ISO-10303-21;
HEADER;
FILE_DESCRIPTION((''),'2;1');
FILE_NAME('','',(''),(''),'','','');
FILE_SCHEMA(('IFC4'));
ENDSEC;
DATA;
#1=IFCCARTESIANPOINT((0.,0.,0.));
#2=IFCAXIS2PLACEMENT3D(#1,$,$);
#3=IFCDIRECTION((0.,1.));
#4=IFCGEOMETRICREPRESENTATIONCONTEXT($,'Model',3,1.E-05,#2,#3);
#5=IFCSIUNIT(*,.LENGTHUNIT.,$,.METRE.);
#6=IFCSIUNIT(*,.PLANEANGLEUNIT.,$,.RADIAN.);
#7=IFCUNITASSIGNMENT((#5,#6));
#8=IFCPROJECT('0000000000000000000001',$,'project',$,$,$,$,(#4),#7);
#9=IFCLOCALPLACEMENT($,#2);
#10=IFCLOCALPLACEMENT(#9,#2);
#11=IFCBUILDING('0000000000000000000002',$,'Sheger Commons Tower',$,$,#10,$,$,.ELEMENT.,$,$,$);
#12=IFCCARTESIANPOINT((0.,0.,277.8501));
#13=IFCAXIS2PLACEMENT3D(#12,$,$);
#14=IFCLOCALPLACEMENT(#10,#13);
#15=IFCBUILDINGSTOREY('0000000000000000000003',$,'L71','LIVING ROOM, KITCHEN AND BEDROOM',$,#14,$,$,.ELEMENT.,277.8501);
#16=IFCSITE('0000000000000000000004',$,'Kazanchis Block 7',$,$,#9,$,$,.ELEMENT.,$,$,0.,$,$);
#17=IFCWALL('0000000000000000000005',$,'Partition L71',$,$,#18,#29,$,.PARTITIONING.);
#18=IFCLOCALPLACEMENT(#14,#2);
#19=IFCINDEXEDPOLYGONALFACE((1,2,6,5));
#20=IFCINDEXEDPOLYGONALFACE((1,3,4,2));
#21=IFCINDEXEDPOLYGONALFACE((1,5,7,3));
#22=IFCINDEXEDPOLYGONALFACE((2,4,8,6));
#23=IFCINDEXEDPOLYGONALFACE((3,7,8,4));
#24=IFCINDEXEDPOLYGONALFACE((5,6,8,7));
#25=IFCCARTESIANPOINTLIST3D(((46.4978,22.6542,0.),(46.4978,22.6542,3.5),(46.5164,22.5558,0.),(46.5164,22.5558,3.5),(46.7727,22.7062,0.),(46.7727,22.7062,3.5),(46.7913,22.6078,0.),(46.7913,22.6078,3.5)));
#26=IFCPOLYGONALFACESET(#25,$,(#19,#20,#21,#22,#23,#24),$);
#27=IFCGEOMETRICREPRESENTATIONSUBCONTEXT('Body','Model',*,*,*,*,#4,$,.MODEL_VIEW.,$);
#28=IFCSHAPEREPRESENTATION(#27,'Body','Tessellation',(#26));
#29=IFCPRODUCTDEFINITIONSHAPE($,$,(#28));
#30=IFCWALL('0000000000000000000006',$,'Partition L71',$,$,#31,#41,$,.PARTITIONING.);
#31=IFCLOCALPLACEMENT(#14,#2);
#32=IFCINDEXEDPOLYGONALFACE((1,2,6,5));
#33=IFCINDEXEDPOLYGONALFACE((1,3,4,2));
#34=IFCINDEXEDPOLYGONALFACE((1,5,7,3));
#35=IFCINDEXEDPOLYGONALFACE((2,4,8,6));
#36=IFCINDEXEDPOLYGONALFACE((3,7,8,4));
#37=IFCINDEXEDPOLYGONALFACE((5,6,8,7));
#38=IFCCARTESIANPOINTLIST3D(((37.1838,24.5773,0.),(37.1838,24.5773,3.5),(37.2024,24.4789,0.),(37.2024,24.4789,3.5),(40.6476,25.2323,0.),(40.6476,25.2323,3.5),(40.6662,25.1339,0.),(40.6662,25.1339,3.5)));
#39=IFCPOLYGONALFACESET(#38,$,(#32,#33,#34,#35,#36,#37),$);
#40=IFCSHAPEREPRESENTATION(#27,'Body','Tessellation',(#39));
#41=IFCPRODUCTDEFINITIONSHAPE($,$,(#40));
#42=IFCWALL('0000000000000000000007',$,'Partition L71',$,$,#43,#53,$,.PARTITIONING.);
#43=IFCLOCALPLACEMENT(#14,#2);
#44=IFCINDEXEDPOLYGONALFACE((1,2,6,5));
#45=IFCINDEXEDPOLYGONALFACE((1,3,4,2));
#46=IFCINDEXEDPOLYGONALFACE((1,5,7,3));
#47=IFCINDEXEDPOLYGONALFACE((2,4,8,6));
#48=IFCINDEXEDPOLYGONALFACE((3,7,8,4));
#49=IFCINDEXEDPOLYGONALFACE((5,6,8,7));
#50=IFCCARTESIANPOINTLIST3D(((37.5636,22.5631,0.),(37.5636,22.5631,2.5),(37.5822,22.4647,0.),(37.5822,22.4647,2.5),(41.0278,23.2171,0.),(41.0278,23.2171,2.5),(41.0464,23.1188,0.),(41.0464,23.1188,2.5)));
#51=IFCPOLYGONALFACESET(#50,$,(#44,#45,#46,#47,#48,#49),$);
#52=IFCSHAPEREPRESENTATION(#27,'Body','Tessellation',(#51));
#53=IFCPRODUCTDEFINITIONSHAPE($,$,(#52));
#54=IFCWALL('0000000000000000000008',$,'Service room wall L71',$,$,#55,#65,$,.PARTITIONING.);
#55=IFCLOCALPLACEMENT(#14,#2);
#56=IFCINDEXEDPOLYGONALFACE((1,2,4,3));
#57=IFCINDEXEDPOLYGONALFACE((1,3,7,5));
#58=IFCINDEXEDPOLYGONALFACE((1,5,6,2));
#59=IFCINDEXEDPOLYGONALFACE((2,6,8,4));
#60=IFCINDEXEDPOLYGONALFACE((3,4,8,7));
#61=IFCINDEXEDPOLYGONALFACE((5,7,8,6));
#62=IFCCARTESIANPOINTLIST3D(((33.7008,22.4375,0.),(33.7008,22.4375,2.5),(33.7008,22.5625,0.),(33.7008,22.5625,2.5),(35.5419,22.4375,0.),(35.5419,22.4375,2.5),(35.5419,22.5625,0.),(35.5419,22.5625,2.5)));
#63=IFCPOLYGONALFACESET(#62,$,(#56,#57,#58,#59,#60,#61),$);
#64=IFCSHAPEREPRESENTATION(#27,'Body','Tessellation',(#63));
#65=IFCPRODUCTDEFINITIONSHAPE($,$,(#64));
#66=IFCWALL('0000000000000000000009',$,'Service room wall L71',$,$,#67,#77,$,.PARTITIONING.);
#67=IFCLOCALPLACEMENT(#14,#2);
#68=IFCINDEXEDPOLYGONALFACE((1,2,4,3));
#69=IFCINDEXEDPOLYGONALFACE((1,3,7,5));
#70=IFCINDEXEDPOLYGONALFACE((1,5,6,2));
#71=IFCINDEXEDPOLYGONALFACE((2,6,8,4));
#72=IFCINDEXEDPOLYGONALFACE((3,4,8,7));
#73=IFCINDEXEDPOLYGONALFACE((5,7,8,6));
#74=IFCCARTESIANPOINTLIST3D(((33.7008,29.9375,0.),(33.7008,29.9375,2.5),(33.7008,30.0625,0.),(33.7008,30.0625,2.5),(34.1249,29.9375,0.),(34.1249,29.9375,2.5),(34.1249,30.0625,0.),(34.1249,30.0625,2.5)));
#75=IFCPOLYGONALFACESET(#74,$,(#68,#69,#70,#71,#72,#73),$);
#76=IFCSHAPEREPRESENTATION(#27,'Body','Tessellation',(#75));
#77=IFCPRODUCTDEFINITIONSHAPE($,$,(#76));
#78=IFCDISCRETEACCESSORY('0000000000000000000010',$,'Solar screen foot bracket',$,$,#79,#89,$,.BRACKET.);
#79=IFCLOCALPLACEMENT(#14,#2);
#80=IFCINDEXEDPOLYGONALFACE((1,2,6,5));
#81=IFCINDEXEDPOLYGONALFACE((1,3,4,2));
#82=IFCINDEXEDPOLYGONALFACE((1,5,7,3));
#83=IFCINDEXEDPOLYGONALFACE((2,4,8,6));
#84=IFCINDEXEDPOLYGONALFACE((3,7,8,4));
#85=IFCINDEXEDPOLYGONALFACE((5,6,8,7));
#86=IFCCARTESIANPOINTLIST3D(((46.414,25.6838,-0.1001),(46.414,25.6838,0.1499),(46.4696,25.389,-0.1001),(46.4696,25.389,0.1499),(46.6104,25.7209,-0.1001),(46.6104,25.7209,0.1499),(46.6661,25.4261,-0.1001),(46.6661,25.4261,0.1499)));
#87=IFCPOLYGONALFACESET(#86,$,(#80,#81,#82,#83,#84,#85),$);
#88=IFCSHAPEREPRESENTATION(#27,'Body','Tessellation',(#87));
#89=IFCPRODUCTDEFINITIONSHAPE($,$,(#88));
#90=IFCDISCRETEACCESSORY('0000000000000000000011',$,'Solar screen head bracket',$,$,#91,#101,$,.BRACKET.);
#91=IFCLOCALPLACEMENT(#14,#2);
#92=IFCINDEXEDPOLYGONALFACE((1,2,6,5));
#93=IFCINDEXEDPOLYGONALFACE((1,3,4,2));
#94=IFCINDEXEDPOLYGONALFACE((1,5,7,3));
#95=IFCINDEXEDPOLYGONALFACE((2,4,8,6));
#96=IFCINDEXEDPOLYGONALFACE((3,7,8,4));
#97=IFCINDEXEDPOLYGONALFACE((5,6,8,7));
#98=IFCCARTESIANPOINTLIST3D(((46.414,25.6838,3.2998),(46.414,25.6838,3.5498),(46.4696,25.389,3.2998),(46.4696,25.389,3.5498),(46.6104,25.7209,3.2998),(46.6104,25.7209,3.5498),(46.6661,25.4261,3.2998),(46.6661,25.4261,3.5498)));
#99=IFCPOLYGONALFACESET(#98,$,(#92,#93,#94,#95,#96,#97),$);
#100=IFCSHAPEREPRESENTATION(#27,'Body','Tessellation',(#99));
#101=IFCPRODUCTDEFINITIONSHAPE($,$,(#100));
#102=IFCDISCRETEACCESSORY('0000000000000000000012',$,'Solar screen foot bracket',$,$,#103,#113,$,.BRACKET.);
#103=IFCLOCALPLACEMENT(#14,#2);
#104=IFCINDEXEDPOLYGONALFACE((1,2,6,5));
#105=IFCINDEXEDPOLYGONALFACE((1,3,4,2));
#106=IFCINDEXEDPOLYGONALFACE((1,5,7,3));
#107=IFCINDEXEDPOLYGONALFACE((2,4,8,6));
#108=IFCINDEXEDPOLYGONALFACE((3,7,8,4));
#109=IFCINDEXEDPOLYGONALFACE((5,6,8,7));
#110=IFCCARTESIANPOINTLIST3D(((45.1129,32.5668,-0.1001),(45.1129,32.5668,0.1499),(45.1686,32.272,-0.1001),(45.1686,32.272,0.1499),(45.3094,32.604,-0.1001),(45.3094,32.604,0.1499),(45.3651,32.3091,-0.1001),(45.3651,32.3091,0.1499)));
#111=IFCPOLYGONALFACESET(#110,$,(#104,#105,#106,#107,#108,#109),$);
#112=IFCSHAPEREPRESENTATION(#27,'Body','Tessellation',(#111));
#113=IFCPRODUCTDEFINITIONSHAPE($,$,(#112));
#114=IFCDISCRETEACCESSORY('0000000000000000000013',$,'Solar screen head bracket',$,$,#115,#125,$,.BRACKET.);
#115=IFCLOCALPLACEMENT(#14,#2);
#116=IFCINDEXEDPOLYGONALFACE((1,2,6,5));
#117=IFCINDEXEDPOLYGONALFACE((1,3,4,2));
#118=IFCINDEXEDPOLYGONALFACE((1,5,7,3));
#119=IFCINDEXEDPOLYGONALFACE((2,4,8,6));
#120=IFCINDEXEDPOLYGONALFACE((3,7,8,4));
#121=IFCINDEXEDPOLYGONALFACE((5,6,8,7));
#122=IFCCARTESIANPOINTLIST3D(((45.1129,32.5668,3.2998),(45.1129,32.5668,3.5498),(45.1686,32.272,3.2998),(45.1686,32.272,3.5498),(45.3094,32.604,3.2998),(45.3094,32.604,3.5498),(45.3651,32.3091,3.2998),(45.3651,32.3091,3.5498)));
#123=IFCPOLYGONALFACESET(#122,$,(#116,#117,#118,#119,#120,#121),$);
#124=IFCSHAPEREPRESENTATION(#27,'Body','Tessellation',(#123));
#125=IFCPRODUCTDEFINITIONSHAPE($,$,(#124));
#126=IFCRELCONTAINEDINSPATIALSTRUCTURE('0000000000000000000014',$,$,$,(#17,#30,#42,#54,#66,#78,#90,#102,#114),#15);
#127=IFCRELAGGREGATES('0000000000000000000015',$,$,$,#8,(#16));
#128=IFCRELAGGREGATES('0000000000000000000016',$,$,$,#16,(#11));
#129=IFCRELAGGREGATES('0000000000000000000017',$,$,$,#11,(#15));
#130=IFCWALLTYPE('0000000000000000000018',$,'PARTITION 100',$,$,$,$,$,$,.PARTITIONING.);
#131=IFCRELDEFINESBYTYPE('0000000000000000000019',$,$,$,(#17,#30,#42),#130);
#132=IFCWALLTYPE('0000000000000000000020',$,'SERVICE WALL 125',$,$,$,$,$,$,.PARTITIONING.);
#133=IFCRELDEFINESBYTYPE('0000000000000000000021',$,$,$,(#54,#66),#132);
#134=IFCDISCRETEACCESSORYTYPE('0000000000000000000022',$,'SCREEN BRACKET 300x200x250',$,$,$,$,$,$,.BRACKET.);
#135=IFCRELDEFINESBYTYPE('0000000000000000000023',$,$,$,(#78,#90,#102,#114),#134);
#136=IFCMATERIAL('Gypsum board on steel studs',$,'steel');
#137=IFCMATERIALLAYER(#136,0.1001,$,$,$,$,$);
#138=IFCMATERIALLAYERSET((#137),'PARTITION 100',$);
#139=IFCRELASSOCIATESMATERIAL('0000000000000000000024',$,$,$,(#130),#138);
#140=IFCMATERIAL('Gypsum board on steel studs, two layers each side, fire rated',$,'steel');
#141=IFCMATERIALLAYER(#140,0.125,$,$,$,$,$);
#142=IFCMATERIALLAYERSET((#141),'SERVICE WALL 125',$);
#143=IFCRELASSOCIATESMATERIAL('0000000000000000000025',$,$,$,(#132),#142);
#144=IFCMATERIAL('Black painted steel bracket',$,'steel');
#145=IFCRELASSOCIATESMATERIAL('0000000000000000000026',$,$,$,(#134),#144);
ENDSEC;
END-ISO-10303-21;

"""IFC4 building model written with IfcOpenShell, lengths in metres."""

from ifc_helpers import new_model, si_unit, direction, frame, frame_2d, origin, origin_2d, place, context, subcontext, project, spatial, rectangle, extrude, material, layer, layer_set, type_object, element, save


model = new_model("IFC4")

# Units and contexts
model_context = context("Model", 3, precision=1e-05, world=origin(), true_north=direction((0.0, 1.0)))
body_context = subcontext(model_context, "Body", "Model", "MODEL_VIEW")
ifc_project = project(units=[si_unit("LENGTHUNIT", "METRE"), si_unit("PLANEANGLEUNIT", "RADIAN")], contexts=[model_context])

# Site, building, storey
site_placement = place(None, origin())
site = spatial("IfcSite", under=ifc_project, at=site_placement, Name="Kazanchis Block 7", CompositionType="ELEMENT", RefElevation=0.0)
building_placement = place(site_placement, origin())
building = spatial("IfcBuilding", under=site, at=building_placement, Name="Sheger Commons Tower", CompositionType="ELEMENT")
storey_placement = place(building_placement, frame((0.0, 0.0, 277.8501)))
storey = spatial("IfcBuildingStorey", under=building, at=storey_placement, Name="L71", Description="LIVING ROOM, KITCHEN AND BEDROOM", CompositionType="ELEMENT", Elevation=277.8501)

# Shared definitions
ifc_material_1 = material(Name="Gypsum board on steel studs", Category="steel")
ifc_layer_1 = layer(ifc_material_1, 0.1001)
ifc_layer_set_1 = layer_set([ifc_layer_1], Name="PARTITION 100")
wall_type_1 = type_object("IfcWallType", Name="PARTITION 100", PredefinedType="PARTITIONING", material=ifc_layer_set_1)

# Walls
wall_1_placement = place(storey_placement, frame((46.782, 22.657, 0.0), z_axis=(0.0, 0.0, 1.0), x_axis=(-0.982575, -0.185869, 0.0)))
element("IfcWall", 1, at=wall_1_placement, inside=storey, type_object=wall_type_1, Name="Partition L71", PredefinedType="PARTITIONING", context=body_context, shape_type="SweptSolid", body=[
    extrude(rectangle(XDim=0.2798, YDim=0.1001, at=frame_2d((0.1399, 0.0))), origin(), (0.0, 0.0, 1.0), 3.5),
])
wall_2_placement = place(storey_placement, frame((40.657, 25.1831, 0.0), z_axis=(0.0, 0.0, 1.0), x_axis=(-0.982586, -0.18581, 0.0)))
element("IfcWall", 2, at=wall_2_placement, inside=storey, type_object=wall_type_1, Name="Partition L71", PredefinedType="PARTITIONING", context=body_context, shape_type="SweptSolid", body=[
    extrude(rectangle(XDim=3.5251, YDim=0.1001, at=frame_2d((1.7627, 0.0))), origin(), (0.0, 0.0, 1.0), 3.5),
])
wall_3_placement = place(storey_placement, frame((41.0371, 23.168, 0.0), z_axis=(0.0, 0.0, 1.0), x_axis=(-0.982639, -0.18553, 0.0)))
element("IfcWall", 3, at=wall_3_placement, inside=storey, type_object=wall_type_1, Name="Partition L71", PredefinedType="PARTITIONING", context=body_context, shape_type="SweptSolid", body=[
    extrude(rectangle(XDim=3.5254, YDim=0.1001, at=frame_2d((1.7627, 0.0))), origin(), (0.0, 0.0, 1.0), 2.5),
])
ifc_material_2 = material(Name="Gypsum board on steel studs, two layers each side, fire rated", Category="steel")
ifc_layer_2 = layer(ifc_material_2, 0.125)
ifc_layer_set_2 = layer_set([ifc_layer_2], Name="SERVICE WALL 125")
wall_type_2 = type_object("IfcWallType", Name="SERVICE WALL 125", PredefinedType="PARTITIONING", material=ifc_layer_set_2)
wall_4_placement = place(storey_placement, frame((33.7009, 22.5, 0.0), z_axis=(0.0, 0.0, 1.0), x_axis=(1.0, 0.0, 0.0)))
element("IfcWall", 4, at=wall_4_placement, inside=storey, type_object=wall_type_2, Name="Service room wall L71", PredefinedType="PARTITIONING", context=body_context, shape_type="SweptSolid", body=[
    extrude(rectangle(XDim=1.8411, YDim=0.125, at=frame_2d((0.9204, 0.0))), origin(), (0.0, 0.0, 1.0), 2.5),
])
wall_5_placement = place(storey_placement, frame((33.7009, 30.0, 0.0), z_axis=(0.0, 0.0, 1.0), x_axis=(1.0, 0.0, 0.0)))
element("IfcWall", 5, at=wall_5_placement, inside=storey, type_object=wall_type_2, Name="Service room wall L71", PredefinedType="PARTITIONING", context=body_context, shape_type="SweptSolid", body=[
    extrude(rectangle(XDim=0.4241, YDim=0.125, at=frame_2d((0.2119, 0.0))), origin(), (0.0, 0.0, 1.0), 2.5),
])

# Discrete accessories
ifc_material_3 = material(Name="Black painted steel bracket", Category="steel")
discrete_accessory_type = type_object("IfcDiscreteAccessoryType", Name="SCREEN BRACKET 300x200x250", PredefinedType="BRACKET", material=ifc_material_3)
for number, where, z_axis, x_axis, name in (
    (6, (46.54, 25.5549, -0.1001), (0.0, 0.0, 1.0), (-0.185615, 0.982623, 0.0), "Solar screen foot bracket"),
    (7, (46.54, 25.5549, 3.2998), (0.0, 0.0, 1.0), (-0.185615, 0.982623, 0.0), "Solar screen head bracket"),
    (8, (45.239, 32.438, -0.1001), (0.0, 0.0, 1.0), (-0.185615, 0.982623, 0.0), "Solar screen foot bracket"),
    (9, (45.239, 32.438, 3.2998), (0.0, 0.0, 1.0), (-0.185615, 0.982623, 0.0), "Solar screen head bracket"),
):
    element("IfcDiscreteAccessory", number, at=place(storey_placement, frame(where, z_axis=z_axis, x_axis=x_axis)), inside=storey, type_object=discrete_accessory_type, Name=name, PredefinedType="BRACKET", context=body_context, shape_type="SweptSolid", body=[
        extrude(rectangle(XDim=0.3, YDim=0.2, at=origin_2d()), origin(), (0.0, 0.0, 1.0), 0.25),
    ])

save(model, "model.ifc")
